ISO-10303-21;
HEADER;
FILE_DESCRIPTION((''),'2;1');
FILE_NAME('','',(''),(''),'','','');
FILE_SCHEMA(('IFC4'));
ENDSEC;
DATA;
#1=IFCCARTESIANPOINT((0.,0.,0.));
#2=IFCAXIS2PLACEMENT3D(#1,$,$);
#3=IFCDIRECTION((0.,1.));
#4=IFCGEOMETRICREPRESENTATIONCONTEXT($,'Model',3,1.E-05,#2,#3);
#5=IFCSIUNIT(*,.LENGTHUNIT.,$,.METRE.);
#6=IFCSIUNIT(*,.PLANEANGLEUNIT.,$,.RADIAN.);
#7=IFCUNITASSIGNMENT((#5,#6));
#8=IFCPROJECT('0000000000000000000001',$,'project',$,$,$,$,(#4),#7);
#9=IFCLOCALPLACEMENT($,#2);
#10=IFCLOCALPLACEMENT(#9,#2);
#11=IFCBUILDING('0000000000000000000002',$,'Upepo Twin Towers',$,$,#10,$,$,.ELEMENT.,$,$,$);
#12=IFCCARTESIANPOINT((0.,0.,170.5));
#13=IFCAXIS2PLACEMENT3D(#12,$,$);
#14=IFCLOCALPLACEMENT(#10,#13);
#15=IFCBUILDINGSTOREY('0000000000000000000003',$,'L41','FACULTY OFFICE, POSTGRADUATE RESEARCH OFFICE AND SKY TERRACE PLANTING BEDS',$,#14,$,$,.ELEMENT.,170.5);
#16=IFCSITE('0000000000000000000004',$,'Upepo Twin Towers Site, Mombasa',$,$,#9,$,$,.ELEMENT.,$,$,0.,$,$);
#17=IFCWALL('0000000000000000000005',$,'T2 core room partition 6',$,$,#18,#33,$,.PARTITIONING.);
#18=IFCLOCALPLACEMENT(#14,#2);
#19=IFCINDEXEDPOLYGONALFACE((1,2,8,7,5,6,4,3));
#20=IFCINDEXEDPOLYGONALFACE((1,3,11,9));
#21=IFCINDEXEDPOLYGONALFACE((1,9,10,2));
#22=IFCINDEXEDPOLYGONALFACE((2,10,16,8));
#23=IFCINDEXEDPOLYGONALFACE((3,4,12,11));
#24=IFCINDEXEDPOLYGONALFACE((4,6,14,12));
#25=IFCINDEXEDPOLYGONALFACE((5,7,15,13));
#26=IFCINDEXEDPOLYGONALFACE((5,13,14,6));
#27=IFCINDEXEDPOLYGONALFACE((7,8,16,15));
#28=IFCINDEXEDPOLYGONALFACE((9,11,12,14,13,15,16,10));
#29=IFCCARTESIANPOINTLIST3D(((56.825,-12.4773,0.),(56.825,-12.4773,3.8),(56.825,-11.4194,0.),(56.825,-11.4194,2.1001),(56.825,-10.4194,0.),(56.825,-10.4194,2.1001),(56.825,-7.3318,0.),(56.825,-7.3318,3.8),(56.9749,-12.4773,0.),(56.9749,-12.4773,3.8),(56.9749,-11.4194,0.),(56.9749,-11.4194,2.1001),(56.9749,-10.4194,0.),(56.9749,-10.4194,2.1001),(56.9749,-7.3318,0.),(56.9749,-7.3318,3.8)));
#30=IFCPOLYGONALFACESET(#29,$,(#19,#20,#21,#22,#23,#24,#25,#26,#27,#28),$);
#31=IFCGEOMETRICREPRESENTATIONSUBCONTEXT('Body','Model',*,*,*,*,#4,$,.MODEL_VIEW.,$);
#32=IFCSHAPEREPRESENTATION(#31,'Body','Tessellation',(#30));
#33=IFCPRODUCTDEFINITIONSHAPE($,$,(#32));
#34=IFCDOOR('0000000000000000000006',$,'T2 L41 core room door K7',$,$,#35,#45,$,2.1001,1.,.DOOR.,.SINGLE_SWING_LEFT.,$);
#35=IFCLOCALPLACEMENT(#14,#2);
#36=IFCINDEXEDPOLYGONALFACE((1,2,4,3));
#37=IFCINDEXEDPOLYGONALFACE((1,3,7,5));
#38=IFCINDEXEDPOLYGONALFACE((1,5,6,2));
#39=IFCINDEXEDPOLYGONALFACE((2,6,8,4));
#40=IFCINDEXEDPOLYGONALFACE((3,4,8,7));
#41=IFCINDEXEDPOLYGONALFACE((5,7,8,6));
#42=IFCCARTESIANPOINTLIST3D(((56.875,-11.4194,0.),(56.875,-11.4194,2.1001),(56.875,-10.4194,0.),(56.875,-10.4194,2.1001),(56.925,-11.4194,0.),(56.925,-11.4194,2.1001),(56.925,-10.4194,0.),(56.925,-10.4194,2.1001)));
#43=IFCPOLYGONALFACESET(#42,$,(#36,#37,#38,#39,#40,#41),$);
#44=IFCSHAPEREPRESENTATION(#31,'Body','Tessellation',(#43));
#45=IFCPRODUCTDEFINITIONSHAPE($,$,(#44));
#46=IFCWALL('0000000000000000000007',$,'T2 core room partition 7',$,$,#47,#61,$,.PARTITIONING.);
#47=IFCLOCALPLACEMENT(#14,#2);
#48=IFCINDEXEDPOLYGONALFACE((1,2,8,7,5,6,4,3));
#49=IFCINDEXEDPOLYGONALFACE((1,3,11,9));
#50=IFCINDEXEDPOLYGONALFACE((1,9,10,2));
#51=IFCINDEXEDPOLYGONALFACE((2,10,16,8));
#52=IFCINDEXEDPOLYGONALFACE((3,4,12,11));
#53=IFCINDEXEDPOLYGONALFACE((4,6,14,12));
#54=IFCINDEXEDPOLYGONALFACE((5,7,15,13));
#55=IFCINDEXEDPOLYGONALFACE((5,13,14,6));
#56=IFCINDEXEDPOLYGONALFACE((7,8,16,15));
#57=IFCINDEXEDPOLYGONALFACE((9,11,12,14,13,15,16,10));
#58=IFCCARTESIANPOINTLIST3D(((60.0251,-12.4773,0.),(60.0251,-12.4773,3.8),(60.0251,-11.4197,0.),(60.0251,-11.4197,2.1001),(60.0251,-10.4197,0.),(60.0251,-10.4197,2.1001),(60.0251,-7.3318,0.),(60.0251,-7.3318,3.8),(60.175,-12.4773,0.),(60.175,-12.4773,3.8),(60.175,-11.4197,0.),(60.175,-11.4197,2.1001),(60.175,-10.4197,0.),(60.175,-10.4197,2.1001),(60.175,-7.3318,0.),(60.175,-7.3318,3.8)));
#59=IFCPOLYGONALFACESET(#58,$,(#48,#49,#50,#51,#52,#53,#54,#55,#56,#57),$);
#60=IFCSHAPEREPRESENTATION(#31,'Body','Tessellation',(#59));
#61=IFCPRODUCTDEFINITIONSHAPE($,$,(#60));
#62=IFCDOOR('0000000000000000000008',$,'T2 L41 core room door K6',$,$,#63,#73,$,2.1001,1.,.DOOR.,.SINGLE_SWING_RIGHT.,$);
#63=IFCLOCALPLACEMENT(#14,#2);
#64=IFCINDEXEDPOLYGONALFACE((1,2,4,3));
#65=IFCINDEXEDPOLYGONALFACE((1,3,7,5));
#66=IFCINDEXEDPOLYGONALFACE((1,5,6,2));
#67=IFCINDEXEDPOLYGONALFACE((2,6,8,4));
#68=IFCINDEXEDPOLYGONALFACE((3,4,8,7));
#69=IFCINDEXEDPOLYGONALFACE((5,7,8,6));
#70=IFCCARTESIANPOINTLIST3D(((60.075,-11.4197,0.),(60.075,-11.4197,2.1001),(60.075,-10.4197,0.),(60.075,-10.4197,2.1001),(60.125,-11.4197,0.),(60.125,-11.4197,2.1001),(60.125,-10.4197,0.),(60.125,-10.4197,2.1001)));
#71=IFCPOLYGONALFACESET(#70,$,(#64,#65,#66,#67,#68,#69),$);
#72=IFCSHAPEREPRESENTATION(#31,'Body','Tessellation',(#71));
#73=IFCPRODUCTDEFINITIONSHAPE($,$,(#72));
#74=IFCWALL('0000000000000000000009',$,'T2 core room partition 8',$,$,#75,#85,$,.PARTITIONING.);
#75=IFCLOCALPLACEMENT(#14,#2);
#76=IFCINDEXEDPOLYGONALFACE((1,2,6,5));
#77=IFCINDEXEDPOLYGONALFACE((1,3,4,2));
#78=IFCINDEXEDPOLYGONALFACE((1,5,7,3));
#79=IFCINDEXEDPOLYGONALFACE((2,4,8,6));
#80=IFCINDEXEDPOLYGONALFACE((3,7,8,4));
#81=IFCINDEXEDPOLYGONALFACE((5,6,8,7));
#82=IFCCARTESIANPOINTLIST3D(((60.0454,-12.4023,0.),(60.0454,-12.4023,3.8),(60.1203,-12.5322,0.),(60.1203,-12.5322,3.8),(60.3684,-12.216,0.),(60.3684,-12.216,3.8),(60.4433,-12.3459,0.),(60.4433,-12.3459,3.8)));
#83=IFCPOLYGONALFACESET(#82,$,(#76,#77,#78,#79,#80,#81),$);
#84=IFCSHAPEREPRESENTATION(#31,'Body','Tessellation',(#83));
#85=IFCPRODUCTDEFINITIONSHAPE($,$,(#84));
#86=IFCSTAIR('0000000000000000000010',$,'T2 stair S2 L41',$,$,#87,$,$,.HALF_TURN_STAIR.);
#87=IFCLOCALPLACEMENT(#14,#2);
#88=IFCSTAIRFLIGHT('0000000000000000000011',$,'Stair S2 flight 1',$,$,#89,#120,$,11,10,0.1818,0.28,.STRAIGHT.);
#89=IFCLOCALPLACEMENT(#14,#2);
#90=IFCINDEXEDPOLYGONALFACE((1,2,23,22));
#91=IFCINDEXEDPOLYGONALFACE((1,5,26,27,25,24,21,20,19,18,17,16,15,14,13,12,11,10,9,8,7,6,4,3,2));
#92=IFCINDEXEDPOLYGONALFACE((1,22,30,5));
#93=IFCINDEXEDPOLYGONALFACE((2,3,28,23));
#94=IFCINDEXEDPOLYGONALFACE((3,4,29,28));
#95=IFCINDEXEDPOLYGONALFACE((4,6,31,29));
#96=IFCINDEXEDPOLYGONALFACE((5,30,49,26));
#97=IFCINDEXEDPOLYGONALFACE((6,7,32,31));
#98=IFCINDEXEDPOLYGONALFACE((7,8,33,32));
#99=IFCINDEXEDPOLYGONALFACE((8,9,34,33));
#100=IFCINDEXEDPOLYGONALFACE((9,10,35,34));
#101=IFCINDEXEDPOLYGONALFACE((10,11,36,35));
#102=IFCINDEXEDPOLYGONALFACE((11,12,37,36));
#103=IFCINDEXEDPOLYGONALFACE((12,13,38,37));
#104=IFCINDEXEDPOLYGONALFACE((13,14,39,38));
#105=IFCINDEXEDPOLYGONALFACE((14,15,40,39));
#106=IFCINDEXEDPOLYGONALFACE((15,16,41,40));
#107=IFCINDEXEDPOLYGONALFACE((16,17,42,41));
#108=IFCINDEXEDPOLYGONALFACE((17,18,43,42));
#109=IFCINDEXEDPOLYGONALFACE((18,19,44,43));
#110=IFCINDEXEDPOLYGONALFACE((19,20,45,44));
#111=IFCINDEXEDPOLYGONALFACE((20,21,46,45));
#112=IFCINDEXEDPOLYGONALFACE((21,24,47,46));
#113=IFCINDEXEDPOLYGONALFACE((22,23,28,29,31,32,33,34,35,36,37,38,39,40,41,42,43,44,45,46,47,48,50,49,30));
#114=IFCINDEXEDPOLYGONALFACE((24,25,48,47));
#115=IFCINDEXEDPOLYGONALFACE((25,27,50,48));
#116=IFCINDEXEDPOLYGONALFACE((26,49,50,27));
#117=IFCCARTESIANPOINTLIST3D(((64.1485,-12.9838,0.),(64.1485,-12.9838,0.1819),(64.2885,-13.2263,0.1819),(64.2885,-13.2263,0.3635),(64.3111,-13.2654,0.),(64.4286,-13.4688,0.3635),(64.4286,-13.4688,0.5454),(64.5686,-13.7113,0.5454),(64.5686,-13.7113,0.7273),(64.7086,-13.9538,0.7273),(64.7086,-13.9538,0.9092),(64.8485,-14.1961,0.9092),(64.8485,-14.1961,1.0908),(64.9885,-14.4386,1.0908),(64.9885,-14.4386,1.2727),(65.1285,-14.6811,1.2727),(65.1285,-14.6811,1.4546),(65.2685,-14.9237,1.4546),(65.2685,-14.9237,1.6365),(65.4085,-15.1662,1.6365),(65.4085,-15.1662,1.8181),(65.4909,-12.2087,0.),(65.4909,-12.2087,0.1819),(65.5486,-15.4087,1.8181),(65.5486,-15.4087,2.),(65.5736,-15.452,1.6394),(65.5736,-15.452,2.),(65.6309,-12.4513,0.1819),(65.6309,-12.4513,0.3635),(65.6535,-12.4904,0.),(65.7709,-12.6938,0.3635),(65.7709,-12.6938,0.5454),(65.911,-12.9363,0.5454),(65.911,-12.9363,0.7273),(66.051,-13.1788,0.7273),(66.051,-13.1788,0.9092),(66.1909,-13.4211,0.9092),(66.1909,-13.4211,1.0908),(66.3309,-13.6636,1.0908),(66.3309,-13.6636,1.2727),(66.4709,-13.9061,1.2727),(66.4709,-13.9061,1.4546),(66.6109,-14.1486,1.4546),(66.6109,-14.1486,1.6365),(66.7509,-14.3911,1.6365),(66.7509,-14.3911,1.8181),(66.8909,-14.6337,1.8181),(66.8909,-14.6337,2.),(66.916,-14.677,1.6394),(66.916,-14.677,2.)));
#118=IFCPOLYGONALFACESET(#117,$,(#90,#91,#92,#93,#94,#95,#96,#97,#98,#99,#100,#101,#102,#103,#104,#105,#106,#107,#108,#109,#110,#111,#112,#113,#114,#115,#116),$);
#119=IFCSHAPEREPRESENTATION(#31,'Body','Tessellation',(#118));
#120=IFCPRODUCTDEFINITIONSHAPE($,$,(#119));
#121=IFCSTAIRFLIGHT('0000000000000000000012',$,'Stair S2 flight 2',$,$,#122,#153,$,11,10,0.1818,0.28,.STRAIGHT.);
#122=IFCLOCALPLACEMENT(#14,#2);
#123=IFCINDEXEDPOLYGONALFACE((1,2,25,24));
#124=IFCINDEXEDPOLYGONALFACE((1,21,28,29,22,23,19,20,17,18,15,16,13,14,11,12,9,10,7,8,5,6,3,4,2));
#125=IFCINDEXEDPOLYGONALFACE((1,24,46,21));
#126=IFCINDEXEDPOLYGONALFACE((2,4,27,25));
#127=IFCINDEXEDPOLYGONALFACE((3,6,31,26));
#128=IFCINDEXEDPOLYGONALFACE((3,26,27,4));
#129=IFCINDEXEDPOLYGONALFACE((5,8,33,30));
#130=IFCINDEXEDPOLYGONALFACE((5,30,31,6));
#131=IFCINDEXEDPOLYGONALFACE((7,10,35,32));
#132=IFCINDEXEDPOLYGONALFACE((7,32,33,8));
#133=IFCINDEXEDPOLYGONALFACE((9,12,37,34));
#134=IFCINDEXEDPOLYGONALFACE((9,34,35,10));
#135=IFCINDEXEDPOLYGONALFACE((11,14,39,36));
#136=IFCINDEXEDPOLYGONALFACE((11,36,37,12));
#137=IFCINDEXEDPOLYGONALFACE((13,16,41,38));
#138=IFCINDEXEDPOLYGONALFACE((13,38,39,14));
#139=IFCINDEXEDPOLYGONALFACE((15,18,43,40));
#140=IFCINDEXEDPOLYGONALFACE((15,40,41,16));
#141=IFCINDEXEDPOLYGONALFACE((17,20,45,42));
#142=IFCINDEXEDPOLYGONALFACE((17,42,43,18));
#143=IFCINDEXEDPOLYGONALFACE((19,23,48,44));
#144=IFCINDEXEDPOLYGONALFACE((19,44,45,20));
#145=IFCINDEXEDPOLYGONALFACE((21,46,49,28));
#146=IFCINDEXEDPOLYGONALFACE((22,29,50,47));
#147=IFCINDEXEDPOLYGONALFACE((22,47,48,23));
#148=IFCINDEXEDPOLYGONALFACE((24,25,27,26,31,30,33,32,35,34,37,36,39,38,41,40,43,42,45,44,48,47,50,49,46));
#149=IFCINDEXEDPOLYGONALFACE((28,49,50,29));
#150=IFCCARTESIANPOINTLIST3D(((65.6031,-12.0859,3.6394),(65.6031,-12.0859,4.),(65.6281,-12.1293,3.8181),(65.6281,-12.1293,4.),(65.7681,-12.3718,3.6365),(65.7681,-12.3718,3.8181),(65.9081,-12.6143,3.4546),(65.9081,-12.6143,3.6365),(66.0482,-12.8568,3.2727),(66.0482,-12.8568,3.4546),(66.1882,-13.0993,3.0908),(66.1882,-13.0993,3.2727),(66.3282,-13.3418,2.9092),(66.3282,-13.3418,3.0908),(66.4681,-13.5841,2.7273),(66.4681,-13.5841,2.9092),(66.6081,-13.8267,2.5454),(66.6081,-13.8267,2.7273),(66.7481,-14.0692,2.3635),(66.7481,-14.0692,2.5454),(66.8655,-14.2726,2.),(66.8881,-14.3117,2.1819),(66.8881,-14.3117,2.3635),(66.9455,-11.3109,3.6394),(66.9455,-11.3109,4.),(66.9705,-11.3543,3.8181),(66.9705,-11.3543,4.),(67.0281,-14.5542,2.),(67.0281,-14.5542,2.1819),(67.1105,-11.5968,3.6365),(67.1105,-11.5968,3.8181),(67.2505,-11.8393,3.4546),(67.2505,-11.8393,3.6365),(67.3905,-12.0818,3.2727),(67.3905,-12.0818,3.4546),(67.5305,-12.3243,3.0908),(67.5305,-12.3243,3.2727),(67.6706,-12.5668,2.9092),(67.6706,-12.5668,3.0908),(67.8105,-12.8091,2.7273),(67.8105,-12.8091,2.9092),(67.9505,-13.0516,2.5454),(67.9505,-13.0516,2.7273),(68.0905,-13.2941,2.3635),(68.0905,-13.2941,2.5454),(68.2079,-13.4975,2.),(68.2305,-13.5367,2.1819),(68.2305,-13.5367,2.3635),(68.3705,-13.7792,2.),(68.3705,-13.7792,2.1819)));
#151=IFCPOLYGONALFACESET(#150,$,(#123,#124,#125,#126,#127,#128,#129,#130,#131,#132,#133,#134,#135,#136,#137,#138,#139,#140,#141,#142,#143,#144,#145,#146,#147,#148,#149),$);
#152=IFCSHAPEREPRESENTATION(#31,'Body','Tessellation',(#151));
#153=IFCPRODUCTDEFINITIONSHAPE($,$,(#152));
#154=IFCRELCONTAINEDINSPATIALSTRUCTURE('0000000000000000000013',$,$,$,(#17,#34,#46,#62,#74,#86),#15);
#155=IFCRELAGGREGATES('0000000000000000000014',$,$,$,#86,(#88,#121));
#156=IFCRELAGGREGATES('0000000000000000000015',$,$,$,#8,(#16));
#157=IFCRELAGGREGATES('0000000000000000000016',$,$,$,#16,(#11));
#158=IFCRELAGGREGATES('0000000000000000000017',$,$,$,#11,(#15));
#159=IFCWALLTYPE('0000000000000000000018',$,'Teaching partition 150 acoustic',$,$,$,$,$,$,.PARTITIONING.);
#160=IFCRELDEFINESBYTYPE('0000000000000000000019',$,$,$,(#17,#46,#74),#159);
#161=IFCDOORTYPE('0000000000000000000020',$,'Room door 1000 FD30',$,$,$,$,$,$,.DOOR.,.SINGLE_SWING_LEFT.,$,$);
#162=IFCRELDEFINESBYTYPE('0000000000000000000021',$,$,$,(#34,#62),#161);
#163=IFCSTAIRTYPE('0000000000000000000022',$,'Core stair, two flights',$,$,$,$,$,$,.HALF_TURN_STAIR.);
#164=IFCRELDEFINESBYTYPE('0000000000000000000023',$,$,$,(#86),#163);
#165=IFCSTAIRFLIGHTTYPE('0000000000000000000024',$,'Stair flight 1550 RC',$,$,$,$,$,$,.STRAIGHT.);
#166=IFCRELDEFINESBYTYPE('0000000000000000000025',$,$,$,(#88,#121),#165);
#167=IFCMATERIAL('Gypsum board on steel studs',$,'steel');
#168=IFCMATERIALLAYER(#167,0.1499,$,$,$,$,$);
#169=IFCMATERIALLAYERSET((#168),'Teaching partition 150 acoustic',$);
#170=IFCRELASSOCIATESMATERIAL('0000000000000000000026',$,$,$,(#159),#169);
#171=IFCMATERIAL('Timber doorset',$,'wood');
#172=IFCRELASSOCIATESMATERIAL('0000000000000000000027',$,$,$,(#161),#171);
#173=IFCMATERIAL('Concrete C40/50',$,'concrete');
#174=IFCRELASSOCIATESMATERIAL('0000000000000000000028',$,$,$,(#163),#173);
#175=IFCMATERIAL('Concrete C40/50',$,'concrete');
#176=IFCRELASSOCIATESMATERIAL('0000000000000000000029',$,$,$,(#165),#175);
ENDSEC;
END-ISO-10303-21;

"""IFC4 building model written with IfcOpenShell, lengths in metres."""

from ifc_helpers import new_model, si_unit, direction, frame, frame_2d, origin, place, context, subcontext, project, spatial, polyline, rectangle, outline, extrude, material, layer, layer_set, type_object, element, fill, aggregate, save


model = new_model("IFC4")

# Units and contexts
model_context = context("Model", 3, precision=1e-05, world=origin(), true_north=direction((0.0, 1.0)))
body_context = subcontext(model_context, "Body", "Model", "MODEL_VIEW")
ifc_project = project(units=[si_unit("LENGTHUNIT", "METRE"), si_unit("PLANEANGLEUNIT", "RADIAN")], contexts=[model_context])

# Site, building, storey
site_placement = place(None, origin())
site = spatial("IfcSite", under=ifc_project, at=site_placement, Name="Upepo Twin Towers Site, Mombasa", CompositionType="ELEMENT", RefElevation=0.0)
building_placement = place(site_placement, origin())
building = spatial("IfcBuilding", under=site, at=building_placement, Name="Upepo Twin Towers", CompositionType="ELEMENT")
storey_placement = place(building_placement, frame((0.0, 0.0, 170.5)))
storey = spatial("IfcBuildingStorey", under=building, at=storey_placement, Name="L41", Description="FACULTY OFFICE, POSTGRADUATE RESEARCH OFFICE AND SKY TERRACE PLANTING BEDS", CompositionType="ELEMENT", Elevation=170.5)

# Walls, openings, doors
ifc_material_1 = material(Name="Gypsum board on steel studs", Category="steel")
ifc_layer_1 = layer(ifc_material_1, 0.1499)
ifc_layer_set_1 = layer_set([ifc_layer_1], Name="Teaching partition 150 acoustic")
wall_type_1 = type_object("IfcWallType", Name="Teaching partition 150 acoustic", PredefinedType="PARTITIONING", material=ifc_layer_set_1)
wall_1_placement = place(storey_placement, frame((56.8999, -12.4773, 0.0), z_axis=(0.0, 0.0, 1.0), x_axis=(0.0, 1.0, 0.0)))
wall_1 = element("IfcWall", 1, at=wall_1_placement, inside=storey, type_object=wall_type_1, Name="T2 core room partition 6", PredefinedType="PARTITIONING", context=body_context, shape_type="SweptSolid", body=[
    extrude(rectangle(XDim=5.1455, YDim=0.1499, at=frame_2d((2.5728, 0.0))), origin(), (0.0, 0.0, 1.0), 3.8),
])
opening_1_placement = place(wall_1_placement, frame((1.0579, 0.0, 0.0)))
opening_1 = element("IfcOpeningElement", 2, at=opening_1_placement, cuts=wall_1, PredefinedType="OPENING", context=body_context, shape_type="SweptSolid", body=[
    extrude(rectangle(XDim=1.0, YDim=2.1001, at=frame_2d((0.5, 1.05))), frame((0.0, 0.085, 0.0), z_axis=(0.0, -1.0, 0.0), x_axis=(1.0, 0.0, 0.0)), (0.0, 0.0, 1.0), 0.1699),
])
ifc_material_2 = material(Name="Timber doorset", Category="wood")
door_type_1 = type_object("IfcDoorType", Name="Room door 1000 FD30", OperationType="SINGLE_SWING_LEFT", PredefinedType="DOOR", material=ifc_material_2)
door_1_placement = place(opening_1_placement, origin())
door_1 = element("IfcDoor", 3, at=door_1_placement, inside=storey, type_object=door_type_1, Name="T2 L41 core room door K7", OperationType="SINGLE_SWING_LEFT", OverallHeight=2.1001, OverallWidth=1.0, PredefinedType="DOOR", context=body_context, shape_type="SweptSolid", body=[
    extrude(rectangle(XDim=1.0, YDim=2.1001, at=frame_2d((0.5, 1.05))), frame((0.0, 0.0249, 0.0), z_axis=(0.0, -1.0, 0.0), x_axis=(1.0, 0.0, 0.0)), (0.0, 0.0, 1.0), 0.05),
])
fill(opening_1, door_1)
wall_2_placement = place(storey_placement, frame((60.1001, -7.3318, 0.0), z_axis=(0.0, 0.0, 1.0), x_axis=(0.0, -1.0, 0.0)))
wall_2 = element("IfcWall", 4, at=wall_2_placement, inside=storey, type_object=wall_type_1, Name="T2 core room partition 7", PredefinedType="PARTITIONING", context=body_context, shape_type="SweptSolid", body=[
    extrude(rectangle(XDim=5.1455, YDim=0.1499, at=frame_2d((2.5728, 0.0))), origin(), (0.0, 0.0, 1.0), 3.8),
])
opening_2_placement = place(wall_2_placement, frame((3.0879, 0.0, 0.0)))
opening_2 = element("IfcOpeningElement", 5, at=opening_2_placement, cuts=wall_2, PredefinedType="OPENING", context=body_context, shape_type="SweptSolid", body=[
    extrude(rectangle(XDim=1.0, YDim=2.1001, at=frame_2d((0.5, 1.05))), frame((0.0, 0.085, 0.0), z_axis=(0.0, -1.0, 0.0), x_axis=(1.0, 0.0, 0.0)), (0.0, 0.0, 1.0), 0.1699),
])
door_2_placement = place(opening_2_placement, origin())
door_2 = element("IfcDoor", 6, at=door_2_placement, inside=storey, type_object=door_type_1, Name="T2 L41 core room door K6", OperationType="SINGLE_SWING_RIGHT", OverallHeight=2.1001, OverallWidth=1.0, PredefinedType="DOOR", context=body_context, shape_type="SweptSolid", body=[
    extrude(rectangle(XDim=1.0, YDim=2.1001, at=frame_2d((0.5, 1.05))), frame((0.0, 0.0249, 0.0), z_axis=(0.0, -1.0, 0.0), x_axis=(1.0, 0.0, 0.0)), (0.0, 0.0, 1.0), 0.05),
])
fill(opening_2, door_2)

# Wall
wall_3_placement = place(storey_placement, frame((60.0828, -12.4673, 0.0), z_axis=(0.0, 0.0, 1.0), x_axis=(0.866262, 0.49959, 0.0)))
element("IfcWall", 7, at=wall_3_placement, inside=storey, type_object=wall_type_1, Name="T2 core room partition 8", PredefinedType="PARTITIONING", context=body_context, shape_type="SweptSolid", body=[
    extrude(rectangle(XDim=0.3728, YDim=0.1499, at=frame_2d((0.1865, 0.0))), origin(), (0.0, 0.0, 1.0), 3.8),
])

# Stair, stair flights
ifc_material_3 = material(Name="Concrete C40/50", Category="concrete")
stair_type = type_object("IfcStairType", Name="Core stair, two flights", PredefinedType="HALF_TURN_STAIR", material=ifc_material_3)
stair_placement = place(storey_placement, origin())
stair = element("IfcStair", 8, at=stair_placement, inside=storey, type_object=stair_type, Name="T2 stair S2 L41", PredefinedType="HALF_TURN_STAIR")
ifc_material_4 = material(Name="Concrete C40/50", Category="concrete")
stair_flight_type = type_object("IfcStairFlightType", Name="Stair flight 1550 RC", PredefinedType="STRAIGHT", material=ifc_material_4)
stair_flight_1_placement = place(storey_placement, frame((64.8198, -12.5962, 0.0), z_axis=(0.0, 0.0, 1.0), x_axis=(0.5, -0.866025, 0.0)))
stair_flight_1 = element("IfcStairFlight", 9, at=stair_flight_1_placement, type_object=stair_flight_type, Name="Stair S2 flight 1", NumberOfRisers=11, NumberOfTreads=10, PredefinedType="STRAIGHT", RiserHeight=0.1818, TreadLength=0.28, context=body_context, shape_type="SweptSolid", body=[
    extrude(outline(polyline([(0.0, 0.0), (0.0, 0.1819), (0.28, 0.1819), (0.28, 0.3635), (0.5601, 0.3635), (0.5601, 0.5454), (0.8401, 0.5454), (0.8401, 0.7273), (1.1201, 0.7273), (1.1201, 0.9092), (1.3999, 0.9092), (1.3999, 1.0908), (1.6799, 1.0908), (1.6799, 1.2727), (1.96, 1.2727), (1.96, 1.4546), (2.24, 1.4546), (2.24, 1.6365), (2.52, 1.6365), (2.52, 1.8181), (2.8, 1.8181), (2.8, 2.0), (2.8501, 2.0), (2.8501, 1.6394), (0.3252, 0.0), (0.0, 0.0)])), frame((0.0, 0.7749, 0.0), z_axis=(0.0, -1.0, 0.0), x_axis=(1.0, 0.0, 0.0)), (0.0, 0.0, 1.0), 1.55),
])
stair_flight_2_placement = place(storey_placement, frame((67.6992, -14.1667, 2.0), z_axis=(0.0, 0.0, 1.0), x_axis=(-0.5, 0.866025, 0.0)))
stair_flight_2 = element("IfcStairFlight", 10, at=stair_flight_2_placement, type_object=stair_flight_type, Name="Stair S2 flight 2", NumberOfRisers=11, NumberOfTreads=10, PredefinedType="STRAIGHT", RiserHeight=0.1818, TreadLength=0.28, context=body_context, shape_type="SweptSolid", body=[
    extrude(outline(polyline([(0.0, 0.0), (0.0, 0.1819), (0.28, 0.1819), (0.28, 0.3635), (0.5601, 0.3635), (0.5601, 0.5454), (0.8401, 0.5454), (0.8401, 0.7273), (1.1201, 0.7273), (1.1201, 0.9092), (1.3999, 0.9092), (1.3999, 1.0908), (1.6799, 1.0908), (1.6799, 1.2727), (1.96, 1.2727), (1.96, 1.4546), (2.24, 1.4546), (2.24, 1.6365), (2.52, 1.6365), (2.52, 1.8181), (2.8, 1.8181), (2.8, 2.0), (2.8501, 2.0), (2.8501, 1.6394), (0.3252, 0.0), (0.0, 0.0)])), frame((0.0, 0.7749, 0.0), z_axis=(0.0, -1.0, 0.0), x_axis=(1.0, 0.0, 0.0)), (0.0, 0.0, 1.0), 1.55),
])
aggregate(stair, [stair_flight_1, stair_flight_2])

save(model, "model.ifc")
